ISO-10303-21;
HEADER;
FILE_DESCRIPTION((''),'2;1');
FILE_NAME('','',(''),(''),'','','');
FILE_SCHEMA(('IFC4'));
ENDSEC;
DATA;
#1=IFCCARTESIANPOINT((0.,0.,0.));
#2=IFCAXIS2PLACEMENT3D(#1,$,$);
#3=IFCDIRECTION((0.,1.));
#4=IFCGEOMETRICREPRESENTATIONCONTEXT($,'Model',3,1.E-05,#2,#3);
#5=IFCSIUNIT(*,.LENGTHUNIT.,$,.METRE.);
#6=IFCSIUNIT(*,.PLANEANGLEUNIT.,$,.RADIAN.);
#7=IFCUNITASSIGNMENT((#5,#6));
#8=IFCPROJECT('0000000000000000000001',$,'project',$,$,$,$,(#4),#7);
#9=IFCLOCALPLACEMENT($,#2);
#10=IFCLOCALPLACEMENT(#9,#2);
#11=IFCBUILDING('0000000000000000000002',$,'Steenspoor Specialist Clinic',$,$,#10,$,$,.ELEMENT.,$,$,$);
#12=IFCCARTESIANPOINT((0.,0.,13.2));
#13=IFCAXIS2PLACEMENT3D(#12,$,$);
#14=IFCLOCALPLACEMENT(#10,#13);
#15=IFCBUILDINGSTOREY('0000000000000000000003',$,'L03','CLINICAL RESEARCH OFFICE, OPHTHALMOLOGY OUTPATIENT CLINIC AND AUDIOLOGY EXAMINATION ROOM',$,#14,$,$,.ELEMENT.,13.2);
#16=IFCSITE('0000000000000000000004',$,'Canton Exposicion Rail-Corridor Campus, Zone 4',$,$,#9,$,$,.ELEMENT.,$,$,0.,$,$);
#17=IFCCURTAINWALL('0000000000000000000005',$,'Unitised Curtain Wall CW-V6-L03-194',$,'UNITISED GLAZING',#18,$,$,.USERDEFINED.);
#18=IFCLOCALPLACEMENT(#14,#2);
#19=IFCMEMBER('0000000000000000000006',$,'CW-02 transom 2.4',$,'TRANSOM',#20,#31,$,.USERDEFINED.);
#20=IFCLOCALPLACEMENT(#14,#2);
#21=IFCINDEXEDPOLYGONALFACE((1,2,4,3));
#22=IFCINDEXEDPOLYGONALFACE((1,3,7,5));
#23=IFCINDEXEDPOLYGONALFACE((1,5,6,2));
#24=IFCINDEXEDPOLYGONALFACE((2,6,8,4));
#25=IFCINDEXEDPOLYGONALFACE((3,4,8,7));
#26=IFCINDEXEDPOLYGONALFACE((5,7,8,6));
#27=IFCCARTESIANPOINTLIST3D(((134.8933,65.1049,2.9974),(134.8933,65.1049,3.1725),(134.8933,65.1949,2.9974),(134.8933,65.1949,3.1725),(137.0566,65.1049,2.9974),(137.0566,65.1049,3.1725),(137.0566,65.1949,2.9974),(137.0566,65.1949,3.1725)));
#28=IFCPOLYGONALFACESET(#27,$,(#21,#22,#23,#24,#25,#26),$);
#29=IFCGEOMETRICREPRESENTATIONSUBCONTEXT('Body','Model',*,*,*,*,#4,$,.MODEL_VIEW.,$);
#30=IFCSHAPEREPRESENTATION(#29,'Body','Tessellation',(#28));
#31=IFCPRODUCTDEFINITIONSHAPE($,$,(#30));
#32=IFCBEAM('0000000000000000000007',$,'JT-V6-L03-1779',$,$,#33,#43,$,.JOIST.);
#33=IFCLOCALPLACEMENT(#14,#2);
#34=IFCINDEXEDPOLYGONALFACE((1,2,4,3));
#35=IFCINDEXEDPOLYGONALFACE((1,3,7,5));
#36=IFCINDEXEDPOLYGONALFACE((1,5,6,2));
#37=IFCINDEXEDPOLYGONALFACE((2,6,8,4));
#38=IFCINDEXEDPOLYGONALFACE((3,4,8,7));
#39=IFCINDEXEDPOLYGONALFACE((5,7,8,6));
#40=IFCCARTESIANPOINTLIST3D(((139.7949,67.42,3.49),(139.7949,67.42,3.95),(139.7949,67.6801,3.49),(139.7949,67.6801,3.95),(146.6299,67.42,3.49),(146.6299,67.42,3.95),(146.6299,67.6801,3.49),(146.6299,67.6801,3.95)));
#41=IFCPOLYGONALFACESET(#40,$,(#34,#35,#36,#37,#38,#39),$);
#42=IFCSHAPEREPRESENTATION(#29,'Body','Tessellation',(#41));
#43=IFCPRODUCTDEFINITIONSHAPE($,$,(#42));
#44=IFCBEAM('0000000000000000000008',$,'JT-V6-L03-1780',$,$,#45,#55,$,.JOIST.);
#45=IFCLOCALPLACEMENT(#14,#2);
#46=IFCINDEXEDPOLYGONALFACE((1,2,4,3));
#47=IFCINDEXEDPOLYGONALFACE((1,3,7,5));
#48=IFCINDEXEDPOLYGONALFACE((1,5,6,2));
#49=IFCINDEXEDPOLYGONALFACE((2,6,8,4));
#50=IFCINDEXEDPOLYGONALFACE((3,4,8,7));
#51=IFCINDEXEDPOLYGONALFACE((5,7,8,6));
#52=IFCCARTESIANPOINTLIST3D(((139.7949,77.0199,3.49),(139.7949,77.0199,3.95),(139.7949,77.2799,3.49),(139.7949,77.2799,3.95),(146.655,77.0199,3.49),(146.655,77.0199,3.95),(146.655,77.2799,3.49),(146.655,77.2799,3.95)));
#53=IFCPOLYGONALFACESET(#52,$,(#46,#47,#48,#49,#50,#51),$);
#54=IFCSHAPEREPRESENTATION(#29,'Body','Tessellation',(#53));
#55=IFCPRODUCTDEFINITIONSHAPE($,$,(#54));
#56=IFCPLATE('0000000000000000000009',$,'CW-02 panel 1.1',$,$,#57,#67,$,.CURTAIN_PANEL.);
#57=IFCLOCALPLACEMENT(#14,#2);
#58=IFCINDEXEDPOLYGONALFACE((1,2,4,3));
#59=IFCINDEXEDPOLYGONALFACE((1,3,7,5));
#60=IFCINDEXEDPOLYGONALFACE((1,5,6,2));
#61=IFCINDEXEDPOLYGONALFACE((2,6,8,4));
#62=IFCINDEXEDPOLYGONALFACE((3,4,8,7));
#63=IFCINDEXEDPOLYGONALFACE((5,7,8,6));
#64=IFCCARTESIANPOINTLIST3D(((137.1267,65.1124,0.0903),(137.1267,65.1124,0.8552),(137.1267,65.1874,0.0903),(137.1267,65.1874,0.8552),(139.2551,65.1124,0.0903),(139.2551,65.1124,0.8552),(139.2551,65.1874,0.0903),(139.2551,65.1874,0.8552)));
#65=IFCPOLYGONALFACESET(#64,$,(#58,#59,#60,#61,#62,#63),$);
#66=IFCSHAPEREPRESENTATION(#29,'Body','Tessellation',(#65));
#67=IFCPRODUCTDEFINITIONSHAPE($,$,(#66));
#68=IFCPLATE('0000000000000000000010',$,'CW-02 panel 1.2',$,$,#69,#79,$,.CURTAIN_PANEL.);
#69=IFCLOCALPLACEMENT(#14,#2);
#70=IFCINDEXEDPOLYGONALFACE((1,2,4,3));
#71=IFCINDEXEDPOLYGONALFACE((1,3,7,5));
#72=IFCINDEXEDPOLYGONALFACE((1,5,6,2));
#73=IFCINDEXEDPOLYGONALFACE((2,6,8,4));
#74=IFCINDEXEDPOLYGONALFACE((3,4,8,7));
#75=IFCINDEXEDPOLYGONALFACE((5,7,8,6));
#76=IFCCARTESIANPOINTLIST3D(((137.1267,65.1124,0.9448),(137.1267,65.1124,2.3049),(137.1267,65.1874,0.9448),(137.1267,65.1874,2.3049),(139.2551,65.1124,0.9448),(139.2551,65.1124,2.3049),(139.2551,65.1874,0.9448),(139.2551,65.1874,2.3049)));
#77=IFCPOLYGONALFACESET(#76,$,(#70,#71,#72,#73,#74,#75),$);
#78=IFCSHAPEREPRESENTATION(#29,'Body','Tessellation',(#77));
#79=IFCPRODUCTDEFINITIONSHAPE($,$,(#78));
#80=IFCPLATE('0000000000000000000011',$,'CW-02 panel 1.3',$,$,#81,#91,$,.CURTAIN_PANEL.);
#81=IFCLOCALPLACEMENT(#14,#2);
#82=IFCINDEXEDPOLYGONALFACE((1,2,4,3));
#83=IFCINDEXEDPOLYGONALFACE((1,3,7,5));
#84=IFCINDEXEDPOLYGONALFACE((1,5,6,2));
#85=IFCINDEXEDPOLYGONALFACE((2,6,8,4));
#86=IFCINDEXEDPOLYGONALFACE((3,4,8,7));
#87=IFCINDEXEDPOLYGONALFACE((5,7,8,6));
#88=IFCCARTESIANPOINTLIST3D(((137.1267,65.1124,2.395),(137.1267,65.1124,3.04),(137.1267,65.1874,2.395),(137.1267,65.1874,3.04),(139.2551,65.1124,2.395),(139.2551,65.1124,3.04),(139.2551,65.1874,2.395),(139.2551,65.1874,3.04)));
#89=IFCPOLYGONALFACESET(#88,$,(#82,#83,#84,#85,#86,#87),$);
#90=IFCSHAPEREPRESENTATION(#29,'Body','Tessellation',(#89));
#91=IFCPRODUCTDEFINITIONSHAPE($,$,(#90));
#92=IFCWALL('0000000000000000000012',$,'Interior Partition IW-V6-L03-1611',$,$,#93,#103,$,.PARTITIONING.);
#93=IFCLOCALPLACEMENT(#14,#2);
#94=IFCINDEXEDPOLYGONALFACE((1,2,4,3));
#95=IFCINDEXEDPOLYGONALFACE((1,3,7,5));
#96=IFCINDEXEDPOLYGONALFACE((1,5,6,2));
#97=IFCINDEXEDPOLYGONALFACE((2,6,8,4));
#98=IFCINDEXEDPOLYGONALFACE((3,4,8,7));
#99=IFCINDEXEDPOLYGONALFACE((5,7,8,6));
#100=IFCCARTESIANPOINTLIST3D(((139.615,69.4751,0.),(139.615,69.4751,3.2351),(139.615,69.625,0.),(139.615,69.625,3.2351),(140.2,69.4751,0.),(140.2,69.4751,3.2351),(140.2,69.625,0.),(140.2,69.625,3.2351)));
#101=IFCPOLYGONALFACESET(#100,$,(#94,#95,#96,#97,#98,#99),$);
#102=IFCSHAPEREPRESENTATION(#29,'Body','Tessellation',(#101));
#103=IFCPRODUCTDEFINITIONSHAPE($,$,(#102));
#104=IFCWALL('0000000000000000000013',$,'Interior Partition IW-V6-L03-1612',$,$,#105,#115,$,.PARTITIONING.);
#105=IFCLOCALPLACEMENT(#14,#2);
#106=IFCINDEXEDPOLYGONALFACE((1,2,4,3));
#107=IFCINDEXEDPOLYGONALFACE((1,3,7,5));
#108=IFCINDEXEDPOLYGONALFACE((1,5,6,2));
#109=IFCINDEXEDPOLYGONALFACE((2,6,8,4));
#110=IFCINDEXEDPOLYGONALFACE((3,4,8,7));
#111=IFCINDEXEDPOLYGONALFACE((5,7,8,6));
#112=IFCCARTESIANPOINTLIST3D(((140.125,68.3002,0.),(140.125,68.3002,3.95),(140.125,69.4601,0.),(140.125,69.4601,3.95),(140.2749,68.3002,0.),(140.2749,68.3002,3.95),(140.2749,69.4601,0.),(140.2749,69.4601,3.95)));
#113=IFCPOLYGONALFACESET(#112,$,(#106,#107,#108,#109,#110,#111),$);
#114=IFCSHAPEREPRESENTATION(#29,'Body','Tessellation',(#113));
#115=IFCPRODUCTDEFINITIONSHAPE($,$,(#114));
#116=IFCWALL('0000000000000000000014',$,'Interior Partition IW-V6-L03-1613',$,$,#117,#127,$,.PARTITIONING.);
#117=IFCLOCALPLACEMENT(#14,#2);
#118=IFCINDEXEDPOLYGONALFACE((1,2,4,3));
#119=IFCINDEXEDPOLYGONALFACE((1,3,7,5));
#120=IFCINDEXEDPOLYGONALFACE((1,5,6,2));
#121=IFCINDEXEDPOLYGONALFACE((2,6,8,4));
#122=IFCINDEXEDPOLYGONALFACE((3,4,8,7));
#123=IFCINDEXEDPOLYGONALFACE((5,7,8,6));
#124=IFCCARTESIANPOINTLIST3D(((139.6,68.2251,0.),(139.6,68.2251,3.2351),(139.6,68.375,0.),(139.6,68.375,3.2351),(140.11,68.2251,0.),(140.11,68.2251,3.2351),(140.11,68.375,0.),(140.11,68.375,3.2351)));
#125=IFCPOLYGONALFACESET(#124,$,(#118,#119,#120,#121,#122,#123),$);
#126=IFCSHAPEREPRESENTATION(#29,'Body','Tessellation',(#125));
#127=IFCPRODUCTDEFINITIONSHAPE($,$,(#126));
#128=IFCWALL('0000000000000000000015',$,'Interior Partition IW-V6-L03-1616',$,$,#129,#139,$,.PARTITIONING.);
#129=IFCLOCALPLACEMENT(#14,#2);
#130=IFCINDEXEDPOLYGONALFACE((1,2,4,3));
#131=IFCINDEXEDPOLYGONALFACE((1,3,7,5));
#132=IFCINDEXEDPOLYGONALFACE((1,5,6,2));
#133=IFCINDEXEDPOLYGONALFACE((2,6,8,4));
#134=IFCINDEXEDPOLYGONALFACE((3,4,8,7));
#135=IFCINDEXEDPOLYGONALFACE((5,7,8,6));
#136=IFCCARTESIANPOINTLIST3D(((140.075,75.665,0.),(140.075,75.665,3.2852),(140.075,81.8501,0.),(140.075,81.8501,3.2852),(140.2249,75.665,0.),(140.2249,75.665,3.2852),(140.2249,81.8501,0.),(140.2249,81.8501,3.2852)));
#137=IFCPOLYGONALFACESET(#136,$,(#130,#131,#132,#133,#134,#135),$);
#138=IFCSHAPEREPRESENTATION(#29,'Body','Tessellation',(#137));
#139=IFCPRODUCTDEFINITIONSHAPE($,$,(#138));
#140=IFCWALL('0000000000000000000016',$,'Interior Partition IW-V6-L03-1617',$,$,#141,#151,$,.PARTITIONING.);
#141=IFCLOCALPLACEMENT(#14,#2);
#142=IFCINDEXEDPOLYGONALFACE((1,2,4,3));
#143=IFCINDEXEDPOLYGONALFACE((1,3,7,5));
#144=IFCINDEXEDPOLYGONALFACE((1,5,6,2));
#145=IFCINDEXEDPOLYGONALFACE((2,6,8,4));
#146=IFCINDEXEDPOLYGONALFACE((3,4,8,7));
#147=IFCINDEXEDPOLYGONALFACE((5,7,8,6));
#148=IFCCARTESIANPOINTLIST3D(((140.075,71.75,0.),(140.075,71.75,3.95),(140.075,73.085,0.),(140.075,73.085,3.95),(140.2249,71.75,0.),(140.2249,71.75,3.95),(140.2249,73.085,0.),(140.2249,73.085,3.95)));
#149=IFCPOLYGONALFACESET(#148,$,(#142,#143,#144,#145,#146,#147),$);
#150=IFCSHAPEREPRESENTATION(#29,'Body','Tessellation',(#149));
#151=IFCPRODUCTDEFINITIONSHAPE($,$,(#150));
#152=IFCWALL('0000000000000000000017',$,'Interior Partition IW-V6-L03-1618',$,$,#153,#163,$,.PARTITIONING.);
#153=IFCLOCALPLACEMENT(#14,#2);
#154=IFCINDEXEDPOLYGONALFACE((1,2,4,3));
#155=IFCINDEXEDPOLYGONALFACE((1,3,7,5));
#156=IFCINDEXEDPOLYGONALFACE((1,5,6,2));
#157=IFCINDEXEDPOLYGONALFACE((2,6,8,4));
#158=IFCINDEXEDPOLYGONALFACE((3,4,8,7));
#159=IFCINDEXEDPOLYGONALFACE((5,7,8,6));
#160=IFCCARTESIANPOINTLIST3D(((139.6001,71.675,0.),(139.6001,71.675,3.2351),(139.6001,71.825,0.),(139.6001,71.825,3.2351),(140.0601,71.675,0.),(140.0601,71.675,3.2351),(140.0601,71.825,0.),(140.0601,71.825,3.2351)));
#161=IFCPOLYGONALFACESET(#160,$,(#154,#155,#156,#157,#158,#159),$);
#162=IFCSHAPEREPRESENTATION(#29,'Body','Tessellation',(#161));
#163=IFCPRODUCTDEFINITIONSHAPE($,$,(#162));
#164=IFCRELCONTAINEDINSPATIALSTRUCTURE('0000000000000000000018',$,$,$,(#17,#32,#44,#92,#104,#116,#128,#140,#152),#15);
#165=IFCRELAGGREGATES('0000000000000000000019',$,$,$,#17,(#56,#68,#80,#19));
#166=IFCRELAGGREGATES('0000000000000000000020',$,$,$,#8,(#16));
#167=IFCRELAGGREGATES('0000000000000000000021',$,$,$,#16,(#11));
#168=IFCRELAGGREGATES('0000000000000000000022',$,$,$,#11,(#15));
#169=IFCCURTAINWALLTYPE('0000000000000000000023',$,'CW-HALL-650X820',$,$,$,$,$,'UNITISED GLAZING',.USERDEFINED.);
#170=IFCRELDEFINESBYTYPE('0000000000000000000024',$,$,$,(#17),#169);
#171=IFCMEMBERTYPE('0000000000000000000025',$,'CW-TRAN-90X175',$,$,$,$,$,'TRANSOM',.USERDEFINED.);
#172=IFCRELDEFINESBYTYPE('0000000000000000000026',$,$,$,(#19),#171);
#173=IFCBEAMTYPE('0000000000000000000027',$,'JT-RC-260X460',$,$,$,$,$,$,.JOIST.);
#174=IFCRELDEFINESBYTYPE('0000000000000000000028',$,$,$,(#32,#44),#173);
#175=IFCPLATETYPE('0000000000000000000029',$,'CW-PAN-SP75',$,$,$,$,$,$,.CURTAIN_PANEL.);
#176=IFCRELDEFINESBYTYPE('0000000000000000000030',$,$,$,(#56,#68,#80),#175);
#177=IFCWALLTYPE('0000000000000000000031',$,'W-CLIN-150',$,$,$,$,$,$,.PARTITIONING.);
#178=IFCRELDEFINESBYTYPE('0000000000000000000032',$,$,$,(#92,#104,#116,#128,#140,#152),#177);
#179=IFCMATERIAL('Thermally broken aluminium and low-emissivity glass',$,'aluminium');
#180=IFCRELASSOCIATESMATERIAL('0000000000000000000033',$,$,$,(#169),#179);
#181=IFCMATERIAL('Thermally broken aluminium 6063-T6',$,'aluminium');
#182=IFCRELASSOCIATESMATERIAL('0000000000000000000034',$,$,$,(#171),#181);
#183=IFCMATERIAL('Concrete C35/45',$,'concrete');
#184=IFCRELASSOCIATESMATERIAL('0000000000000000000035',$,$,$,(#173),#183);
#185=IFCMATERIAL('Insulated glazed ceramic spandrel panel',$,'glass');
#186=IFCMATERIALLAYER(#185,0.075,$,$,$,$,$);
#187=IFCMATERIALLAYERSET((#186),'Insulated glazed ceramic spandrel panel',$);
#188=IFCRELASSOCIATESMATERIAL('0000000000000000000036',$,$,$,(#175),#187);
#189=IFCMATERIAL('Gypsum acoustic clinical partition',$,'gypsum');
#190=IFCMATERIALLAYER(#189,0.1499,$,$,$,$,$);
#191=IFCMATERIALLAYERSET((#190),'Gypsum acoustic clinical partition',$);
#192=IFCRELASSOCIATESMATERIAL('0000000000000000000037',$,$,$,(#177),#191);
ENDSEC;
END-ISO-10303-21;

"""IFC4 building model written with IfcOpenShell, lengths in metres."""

from ifc_helpers import new_model, si_unit, direction, frame, frame_2d, origin, origin_2d, place, context, subcontext, project, spatial, rectangle, extrude, material, layer, layer_set, material_profile, profile_set, type_object, element, aggregate, save


model = new_model("IFC4")

# Units and contexts
model_context = context("Model", 3, precision=1e-05, world=origin(), true_north=direction((0.0, 1.0)))
body_context = subcontext(model_context, "Body", "Model", "MODEL_VIEW")
ifc_project = project(units=[si_unit("LENGTHUNIT", "METRE"), si_unit("PLANEANGLEUNIT", "RADIAN")], contexts=[model_context])

# Site, building, storey
site_placement = place(None, origin())
site = spatial("IfcSite", under=ifc_project, at=site_placement, Name="Canton Exposicion Rail-Corridor Campus, Zone 4", CompositionType="ELEMENT", RefElevation=0.0)
building_placement = place(site_placement, origin())
building = spatial("IfcBuilding", under=site, at=building_placement, Name="Steenspoor Specialist Clinic", CompositionType="ELEMENT")
storey_placement = place(building_placement, frame((0.0, 0.0, 13.2)))
storey = spatial("IfcBuildingStorey", under=building, at=storey_placement, Name="L03", Description="CLINICAL RESEARCH OFFICE, OPHTHALMOLOGY OUTPATIENT CLINIC AND AUDIOLOGY EXAMINATION ROOM", CompositionType="ELEMENT", Elevation=13.2)

# Shared definitions
ifc_material_1 = material(Name="Concrete C35/45", Category="concrete")

# Curtain wall, member
ifc_material_2 = material(Name="Thermally broken aluminium and low-emissivity glass", Category="aluminium")
curtain_wall_type = type_object("IfcCurtainWallType", Name="CW-HALL-650X820", ElementType="UNITISED GLAZING", PredefinedType="USERDEFINED", material=ifc_material_2)
curtain_wall_placement = place(storey_placement, origin())
curtain_wall = element("IfcCurtainWall", 1, at=curtain_wall_placement, inside=storey, type_object=curtain_wall_type, Name="Unitised Curtain Wall CW-V6-L03-194", ObjectType="UNITISED GLAZING", PredefinedType="USERDEFINED")
ifc_material_3 = material(Name="Thermally broken aluminium 6063-T6", Category="aluminium")
ifc_material_profile_1 = material_profile(ifc_material_3, rectangle(XDim=0.0901, YDim=0.175, at=origin_2d()), Name="CWT-90X175")
ifc_profile_set_1 = profile_set([ifc_material_profile_1], Name="Thermally broken aluminium 6063-T6")
member_type_1 = type_object("IfcMemberType", Name="CW-TRAN-90X175", ElementType="TRANSOM", PredefinedType="USERDEFINED", material=ifc_profile_set_1)
member_1_placement = place(storey_placement, frame((137.0566, 65.1499, 3.085), z_axis=(-1.0, 0.0, 0.0), x_axis=(0.0, -1.0, 0.0)))
member_1 = element("IfcMember", 2, at=member_1_placement, type_object=member_type_1, Name="CW-02 transom 2.4", ObjectType="TRANSOM", PredefinedType="USERDEFINED", context=body_context, shape_type="SweptSolid", body=[
    extrude(rectangle(XDim=0.0901, YDim=0.175, at=origin_2d()), origin(), (0.0, 0.0, 1.0), 2.1633),
])

# Beams
ifc_material_profile_2 = material_profile(ifc_material_1, rectangle(XDim=0.26, YDim=0.46, at=origin_2d()), Name="RC-JT-260X460")
ifc_profile_set_2 = profile_set([ifc_material_profile_2], Name="Concrete C35/45")
beam_type_1 = type_object("IfcBeamType", Name="JT-RC-260X460", PredefinedType="JOIST", material=ifc_profile_set_2)
beam_1_placement = place(storey_placement, frame((139.7949, 67.55, 3.72), z_axis=(1.0, 0.0, 0.0), x_axis=(0.0, 1.0, 0.0)))
element("IfcBeam", 3, at=beam_1_placement, inside=storey, type_object=beam_type_1, Name="JT-V6-L03-1779", PredefinedType="JOIST", context=body_context, shape_type="SweptSolid", body=[
    extrude(rectangle(XDim=0.26, YDim=0.46, at=origin_2d()), origin(), (0.0, 0.0, 1.0), 6.835),
])
beam_2_placement = place(storey_placement, frame((139.7949, 77.1499, 3.72), z_axis=(1.0, 0.0, 0.0), x_axis=(0.0, 1.0, 0.0)))
element("IfcBeam", 4, at=beam_2_placement, inside=storey, type_object=beam_type_1, Name="JT-V6-L03-1780", PredefinedType="JOIST", context=body_context, shape_type="SweptSolid", body=[
    extrude(rectangle(XDim=0.26, YDim=0.46, at=origin_2d()), origin(), (0.0, 0.0, 1.0), 6.8601),
])

# Plates
ifc_material_4 = material(Name="Insulated glazed ceramic spandrel panel", Category="glass")
ifc_layer_1 = layer(ifc_material_4, 0.075)
ifc_layer_set_1 = layer_set([ifc_layer_1], Name="Insulated glazed ceramic spandrel panel")
plate_type = type_object("IfcPlateType", Name="CW-PAN-SP75", PredefinedType="CURTAIN_PANEL", material=ifc_layer_set_1)
plate_1_placement = place(storey_placement, frame((138.1909, 65.1499, 0.0903), z_axis=(0.0, 0.0, 1.0), x_axis=(-1.0, 0.0, 0.0)))
plate_1 = element("IfcPlate", 5, at=plate_1_placement, type_object=plate_type, Name="CW-02 panel 1.1", PredefinedType="CURTAIN_PANEL", context=body_context, shape_type="SweptSolid", body=[
    extrude(rectangle(XDim=2.1284, YDim=0.075, at=origin_2d()), origin(), (0.0, 0.0, 1.0), 0.7649),
])
plate_2_placement = place(storey_placement, frame((138.1909, 65.1499, 0.9448), z_axis=(0.0, 0.0, 1.0), x_axis=(-1.0, 0.0, 0.0)))
plate_2 = element("IfcPlate", 6, at=plate_2_placement, type_object=plate_type, Name="CW-02 panel 1.2", PredefinedType="CURTAIN_PANEL", context=body_context, shape_type="SweptSolid", body=[
    extrude(rectangle(XDim=2.1284, YDim=0.075, at=origin_2d()), origin(), (0.0, 0.0, 1.0), 1.3601),
])
plate_3_placement = place(storey_placement, frame((138.1909, 65.1499, 2.395), z_axis=(0.0, 0.0, 1.0), x_axis=(-1.0, 0.0, 0.0)))
plate_3 = element("IfcPlate", 7, at=plate_3_placement, type_object=plate_type, Name="CW-02 panel 1.3", PredefinedType="CURTAIN_PANEL", context=body_context, shape_type="SweptSolid", body=[
    extrude(rectangle(XDim=2.1284, YDim=0.075, at=origin_2d()), origin(), (0.0, 0.0, 1.0), 0.645),
])
aggregate(curtain_wall, [plate_1, plate_2, plate_3, member_1])

# Walls
ifc_material_5 = material(Name="Gypsum acoustic clinical partition", Category="gypsum")
ifc_layer_2 = layer(ifc_material_5, 0.1499)
ifc_layer_set_2 = layer_set([ifc_layer_2], Name="Gypsum acoustic clinical partition")
wall_type_1 = type_object("IfcWallType", Name="W-CLIN-150", PredefinedType="PARTITIONING", material=ifc_layer_set_2)
wall_1_placement = place(storey_placement, frame((139.615, 69.55, 0.0), z_axis=(0.0, 0.0, 1.0), x_axis=(1.0, 0.0, 0.0)))
element("IfcWall", 8, at=wall_1_placement, inside=storey, type_object=wall_type_1, Name="Interior Partition IW-V6-L03-1611", PredefinedType="PARTITIONING", context=body_context, shape_type="SweptSolid", body=[
    extrude(rectangle(XDim=0.585, YDim=0.1499, at=frame_2d((0.2925, 0.0))), origin(), (0.0, 0.0, 1.0), 3.2351),
])
wall_2_placement = place(storey_placement, frame((140.2, 68.3, 0.0), z_axis=(0.0, 0.0, 1.0), x_axis=(0.0, 1.0, 0.0)))
element("IfcWall", 9, at=wall_2_placement, inside=storey, type_object=wall_type_1, Name="Interior Partition IW-V6-L03-1612", PredefinedType="PARTITIONING", context=body_context, shape_type="SweptSolid", body=[
    extrude(rectangle(XDim=1.1599, YDim=0.1499, at=frame_2d((0.5801, 0.0))), origin(), (0.0, 0.0, 1.0), 3.95),
])
wall_3_placement = place(storey_placement, frame((139.6001, 68.3, 0.0), z_axis=(0.0, 0.0, 1.0), x_axis=(1.0, 0.0, 0.0)))
element("IfcWall", 10, at=wall_3_placement, inside=storey, type_object=wall_type_1, Name="Interior Partition IW-V6-L03-1613", PredefinedType="PARTITIONING", context=body_context, shape_type="SweptSolid", body=[
    extrude(rectangle(XDim=0.51, YDim=0.1499, at=frame_2d((0.2549, 0.0))), origin(), (0.0, 0.0, 1.0), 3.2351),
])
wall_4_placement = place(storey_placement, frame((140.1499, 75.665, 0.0), z_axis=(0.0, 0.0, 1.0), x_axis=(0.0, 1.0, 0.0)))
element("IfcWall", 11, at=wall_4_placement, inside=storey, type_object=wall_type_1, Name="Interior Partition IW-V6-L03-1616", PredefinedType="PARTITIONING", context=body_context, shape_type="SweptSolid", body=[
    extrude(rectangle(XDim=6.1851, YDim=0.1499, at=frame_2d((3.0925, 0.0))), origin(), (0.0, 0.0, 1.0), 3.2852),
])
wall_5_placement = place(storey_placement, frame((140.1499, 71.75, 0.0), z_axis=(0.0, 0.0, 1.0), x_axis=(0.0, 1.0, 0.0)))
element("IfcWall", 12, at=wall_5_placement, inside=storey, type_object=wall_type_1, Name="Interior Partition IW-V6-L03-1617", PredefinedType="PARTITIONING", context=body_context, shape_type="SweptSolid", body=[
    extrude(rectangle(XDim=1.335, YDim=0.1499, at=frame_2d((0.6675, 0.0))), origin(), (0.0, 0.0, 1.0), 3.95),
])
wall_6_placement = place(storey_placement, frame((139.6001, 71.75, 0.0), z_axis=(0.0, 0.0, 1.0), x_axis=(1.0, 0.0, 0.0)))
element("IfcWall", 13, at=wall_6_placement, inside=storey, type_object=wall_type_1, Name="Interior Partition IW-V6-L03-1618", PredefinedType="PARTITIONING", context=body_context, shape_type="SweptSolid", body=[
    extrude(rectangle(XDim=0.46, YDim=0.1499, at=frame_2d((0.23, 0.0))), origin(), (0.0, 0.0, 1.0), 3.2351),
])

save(model, "model.ifc")
